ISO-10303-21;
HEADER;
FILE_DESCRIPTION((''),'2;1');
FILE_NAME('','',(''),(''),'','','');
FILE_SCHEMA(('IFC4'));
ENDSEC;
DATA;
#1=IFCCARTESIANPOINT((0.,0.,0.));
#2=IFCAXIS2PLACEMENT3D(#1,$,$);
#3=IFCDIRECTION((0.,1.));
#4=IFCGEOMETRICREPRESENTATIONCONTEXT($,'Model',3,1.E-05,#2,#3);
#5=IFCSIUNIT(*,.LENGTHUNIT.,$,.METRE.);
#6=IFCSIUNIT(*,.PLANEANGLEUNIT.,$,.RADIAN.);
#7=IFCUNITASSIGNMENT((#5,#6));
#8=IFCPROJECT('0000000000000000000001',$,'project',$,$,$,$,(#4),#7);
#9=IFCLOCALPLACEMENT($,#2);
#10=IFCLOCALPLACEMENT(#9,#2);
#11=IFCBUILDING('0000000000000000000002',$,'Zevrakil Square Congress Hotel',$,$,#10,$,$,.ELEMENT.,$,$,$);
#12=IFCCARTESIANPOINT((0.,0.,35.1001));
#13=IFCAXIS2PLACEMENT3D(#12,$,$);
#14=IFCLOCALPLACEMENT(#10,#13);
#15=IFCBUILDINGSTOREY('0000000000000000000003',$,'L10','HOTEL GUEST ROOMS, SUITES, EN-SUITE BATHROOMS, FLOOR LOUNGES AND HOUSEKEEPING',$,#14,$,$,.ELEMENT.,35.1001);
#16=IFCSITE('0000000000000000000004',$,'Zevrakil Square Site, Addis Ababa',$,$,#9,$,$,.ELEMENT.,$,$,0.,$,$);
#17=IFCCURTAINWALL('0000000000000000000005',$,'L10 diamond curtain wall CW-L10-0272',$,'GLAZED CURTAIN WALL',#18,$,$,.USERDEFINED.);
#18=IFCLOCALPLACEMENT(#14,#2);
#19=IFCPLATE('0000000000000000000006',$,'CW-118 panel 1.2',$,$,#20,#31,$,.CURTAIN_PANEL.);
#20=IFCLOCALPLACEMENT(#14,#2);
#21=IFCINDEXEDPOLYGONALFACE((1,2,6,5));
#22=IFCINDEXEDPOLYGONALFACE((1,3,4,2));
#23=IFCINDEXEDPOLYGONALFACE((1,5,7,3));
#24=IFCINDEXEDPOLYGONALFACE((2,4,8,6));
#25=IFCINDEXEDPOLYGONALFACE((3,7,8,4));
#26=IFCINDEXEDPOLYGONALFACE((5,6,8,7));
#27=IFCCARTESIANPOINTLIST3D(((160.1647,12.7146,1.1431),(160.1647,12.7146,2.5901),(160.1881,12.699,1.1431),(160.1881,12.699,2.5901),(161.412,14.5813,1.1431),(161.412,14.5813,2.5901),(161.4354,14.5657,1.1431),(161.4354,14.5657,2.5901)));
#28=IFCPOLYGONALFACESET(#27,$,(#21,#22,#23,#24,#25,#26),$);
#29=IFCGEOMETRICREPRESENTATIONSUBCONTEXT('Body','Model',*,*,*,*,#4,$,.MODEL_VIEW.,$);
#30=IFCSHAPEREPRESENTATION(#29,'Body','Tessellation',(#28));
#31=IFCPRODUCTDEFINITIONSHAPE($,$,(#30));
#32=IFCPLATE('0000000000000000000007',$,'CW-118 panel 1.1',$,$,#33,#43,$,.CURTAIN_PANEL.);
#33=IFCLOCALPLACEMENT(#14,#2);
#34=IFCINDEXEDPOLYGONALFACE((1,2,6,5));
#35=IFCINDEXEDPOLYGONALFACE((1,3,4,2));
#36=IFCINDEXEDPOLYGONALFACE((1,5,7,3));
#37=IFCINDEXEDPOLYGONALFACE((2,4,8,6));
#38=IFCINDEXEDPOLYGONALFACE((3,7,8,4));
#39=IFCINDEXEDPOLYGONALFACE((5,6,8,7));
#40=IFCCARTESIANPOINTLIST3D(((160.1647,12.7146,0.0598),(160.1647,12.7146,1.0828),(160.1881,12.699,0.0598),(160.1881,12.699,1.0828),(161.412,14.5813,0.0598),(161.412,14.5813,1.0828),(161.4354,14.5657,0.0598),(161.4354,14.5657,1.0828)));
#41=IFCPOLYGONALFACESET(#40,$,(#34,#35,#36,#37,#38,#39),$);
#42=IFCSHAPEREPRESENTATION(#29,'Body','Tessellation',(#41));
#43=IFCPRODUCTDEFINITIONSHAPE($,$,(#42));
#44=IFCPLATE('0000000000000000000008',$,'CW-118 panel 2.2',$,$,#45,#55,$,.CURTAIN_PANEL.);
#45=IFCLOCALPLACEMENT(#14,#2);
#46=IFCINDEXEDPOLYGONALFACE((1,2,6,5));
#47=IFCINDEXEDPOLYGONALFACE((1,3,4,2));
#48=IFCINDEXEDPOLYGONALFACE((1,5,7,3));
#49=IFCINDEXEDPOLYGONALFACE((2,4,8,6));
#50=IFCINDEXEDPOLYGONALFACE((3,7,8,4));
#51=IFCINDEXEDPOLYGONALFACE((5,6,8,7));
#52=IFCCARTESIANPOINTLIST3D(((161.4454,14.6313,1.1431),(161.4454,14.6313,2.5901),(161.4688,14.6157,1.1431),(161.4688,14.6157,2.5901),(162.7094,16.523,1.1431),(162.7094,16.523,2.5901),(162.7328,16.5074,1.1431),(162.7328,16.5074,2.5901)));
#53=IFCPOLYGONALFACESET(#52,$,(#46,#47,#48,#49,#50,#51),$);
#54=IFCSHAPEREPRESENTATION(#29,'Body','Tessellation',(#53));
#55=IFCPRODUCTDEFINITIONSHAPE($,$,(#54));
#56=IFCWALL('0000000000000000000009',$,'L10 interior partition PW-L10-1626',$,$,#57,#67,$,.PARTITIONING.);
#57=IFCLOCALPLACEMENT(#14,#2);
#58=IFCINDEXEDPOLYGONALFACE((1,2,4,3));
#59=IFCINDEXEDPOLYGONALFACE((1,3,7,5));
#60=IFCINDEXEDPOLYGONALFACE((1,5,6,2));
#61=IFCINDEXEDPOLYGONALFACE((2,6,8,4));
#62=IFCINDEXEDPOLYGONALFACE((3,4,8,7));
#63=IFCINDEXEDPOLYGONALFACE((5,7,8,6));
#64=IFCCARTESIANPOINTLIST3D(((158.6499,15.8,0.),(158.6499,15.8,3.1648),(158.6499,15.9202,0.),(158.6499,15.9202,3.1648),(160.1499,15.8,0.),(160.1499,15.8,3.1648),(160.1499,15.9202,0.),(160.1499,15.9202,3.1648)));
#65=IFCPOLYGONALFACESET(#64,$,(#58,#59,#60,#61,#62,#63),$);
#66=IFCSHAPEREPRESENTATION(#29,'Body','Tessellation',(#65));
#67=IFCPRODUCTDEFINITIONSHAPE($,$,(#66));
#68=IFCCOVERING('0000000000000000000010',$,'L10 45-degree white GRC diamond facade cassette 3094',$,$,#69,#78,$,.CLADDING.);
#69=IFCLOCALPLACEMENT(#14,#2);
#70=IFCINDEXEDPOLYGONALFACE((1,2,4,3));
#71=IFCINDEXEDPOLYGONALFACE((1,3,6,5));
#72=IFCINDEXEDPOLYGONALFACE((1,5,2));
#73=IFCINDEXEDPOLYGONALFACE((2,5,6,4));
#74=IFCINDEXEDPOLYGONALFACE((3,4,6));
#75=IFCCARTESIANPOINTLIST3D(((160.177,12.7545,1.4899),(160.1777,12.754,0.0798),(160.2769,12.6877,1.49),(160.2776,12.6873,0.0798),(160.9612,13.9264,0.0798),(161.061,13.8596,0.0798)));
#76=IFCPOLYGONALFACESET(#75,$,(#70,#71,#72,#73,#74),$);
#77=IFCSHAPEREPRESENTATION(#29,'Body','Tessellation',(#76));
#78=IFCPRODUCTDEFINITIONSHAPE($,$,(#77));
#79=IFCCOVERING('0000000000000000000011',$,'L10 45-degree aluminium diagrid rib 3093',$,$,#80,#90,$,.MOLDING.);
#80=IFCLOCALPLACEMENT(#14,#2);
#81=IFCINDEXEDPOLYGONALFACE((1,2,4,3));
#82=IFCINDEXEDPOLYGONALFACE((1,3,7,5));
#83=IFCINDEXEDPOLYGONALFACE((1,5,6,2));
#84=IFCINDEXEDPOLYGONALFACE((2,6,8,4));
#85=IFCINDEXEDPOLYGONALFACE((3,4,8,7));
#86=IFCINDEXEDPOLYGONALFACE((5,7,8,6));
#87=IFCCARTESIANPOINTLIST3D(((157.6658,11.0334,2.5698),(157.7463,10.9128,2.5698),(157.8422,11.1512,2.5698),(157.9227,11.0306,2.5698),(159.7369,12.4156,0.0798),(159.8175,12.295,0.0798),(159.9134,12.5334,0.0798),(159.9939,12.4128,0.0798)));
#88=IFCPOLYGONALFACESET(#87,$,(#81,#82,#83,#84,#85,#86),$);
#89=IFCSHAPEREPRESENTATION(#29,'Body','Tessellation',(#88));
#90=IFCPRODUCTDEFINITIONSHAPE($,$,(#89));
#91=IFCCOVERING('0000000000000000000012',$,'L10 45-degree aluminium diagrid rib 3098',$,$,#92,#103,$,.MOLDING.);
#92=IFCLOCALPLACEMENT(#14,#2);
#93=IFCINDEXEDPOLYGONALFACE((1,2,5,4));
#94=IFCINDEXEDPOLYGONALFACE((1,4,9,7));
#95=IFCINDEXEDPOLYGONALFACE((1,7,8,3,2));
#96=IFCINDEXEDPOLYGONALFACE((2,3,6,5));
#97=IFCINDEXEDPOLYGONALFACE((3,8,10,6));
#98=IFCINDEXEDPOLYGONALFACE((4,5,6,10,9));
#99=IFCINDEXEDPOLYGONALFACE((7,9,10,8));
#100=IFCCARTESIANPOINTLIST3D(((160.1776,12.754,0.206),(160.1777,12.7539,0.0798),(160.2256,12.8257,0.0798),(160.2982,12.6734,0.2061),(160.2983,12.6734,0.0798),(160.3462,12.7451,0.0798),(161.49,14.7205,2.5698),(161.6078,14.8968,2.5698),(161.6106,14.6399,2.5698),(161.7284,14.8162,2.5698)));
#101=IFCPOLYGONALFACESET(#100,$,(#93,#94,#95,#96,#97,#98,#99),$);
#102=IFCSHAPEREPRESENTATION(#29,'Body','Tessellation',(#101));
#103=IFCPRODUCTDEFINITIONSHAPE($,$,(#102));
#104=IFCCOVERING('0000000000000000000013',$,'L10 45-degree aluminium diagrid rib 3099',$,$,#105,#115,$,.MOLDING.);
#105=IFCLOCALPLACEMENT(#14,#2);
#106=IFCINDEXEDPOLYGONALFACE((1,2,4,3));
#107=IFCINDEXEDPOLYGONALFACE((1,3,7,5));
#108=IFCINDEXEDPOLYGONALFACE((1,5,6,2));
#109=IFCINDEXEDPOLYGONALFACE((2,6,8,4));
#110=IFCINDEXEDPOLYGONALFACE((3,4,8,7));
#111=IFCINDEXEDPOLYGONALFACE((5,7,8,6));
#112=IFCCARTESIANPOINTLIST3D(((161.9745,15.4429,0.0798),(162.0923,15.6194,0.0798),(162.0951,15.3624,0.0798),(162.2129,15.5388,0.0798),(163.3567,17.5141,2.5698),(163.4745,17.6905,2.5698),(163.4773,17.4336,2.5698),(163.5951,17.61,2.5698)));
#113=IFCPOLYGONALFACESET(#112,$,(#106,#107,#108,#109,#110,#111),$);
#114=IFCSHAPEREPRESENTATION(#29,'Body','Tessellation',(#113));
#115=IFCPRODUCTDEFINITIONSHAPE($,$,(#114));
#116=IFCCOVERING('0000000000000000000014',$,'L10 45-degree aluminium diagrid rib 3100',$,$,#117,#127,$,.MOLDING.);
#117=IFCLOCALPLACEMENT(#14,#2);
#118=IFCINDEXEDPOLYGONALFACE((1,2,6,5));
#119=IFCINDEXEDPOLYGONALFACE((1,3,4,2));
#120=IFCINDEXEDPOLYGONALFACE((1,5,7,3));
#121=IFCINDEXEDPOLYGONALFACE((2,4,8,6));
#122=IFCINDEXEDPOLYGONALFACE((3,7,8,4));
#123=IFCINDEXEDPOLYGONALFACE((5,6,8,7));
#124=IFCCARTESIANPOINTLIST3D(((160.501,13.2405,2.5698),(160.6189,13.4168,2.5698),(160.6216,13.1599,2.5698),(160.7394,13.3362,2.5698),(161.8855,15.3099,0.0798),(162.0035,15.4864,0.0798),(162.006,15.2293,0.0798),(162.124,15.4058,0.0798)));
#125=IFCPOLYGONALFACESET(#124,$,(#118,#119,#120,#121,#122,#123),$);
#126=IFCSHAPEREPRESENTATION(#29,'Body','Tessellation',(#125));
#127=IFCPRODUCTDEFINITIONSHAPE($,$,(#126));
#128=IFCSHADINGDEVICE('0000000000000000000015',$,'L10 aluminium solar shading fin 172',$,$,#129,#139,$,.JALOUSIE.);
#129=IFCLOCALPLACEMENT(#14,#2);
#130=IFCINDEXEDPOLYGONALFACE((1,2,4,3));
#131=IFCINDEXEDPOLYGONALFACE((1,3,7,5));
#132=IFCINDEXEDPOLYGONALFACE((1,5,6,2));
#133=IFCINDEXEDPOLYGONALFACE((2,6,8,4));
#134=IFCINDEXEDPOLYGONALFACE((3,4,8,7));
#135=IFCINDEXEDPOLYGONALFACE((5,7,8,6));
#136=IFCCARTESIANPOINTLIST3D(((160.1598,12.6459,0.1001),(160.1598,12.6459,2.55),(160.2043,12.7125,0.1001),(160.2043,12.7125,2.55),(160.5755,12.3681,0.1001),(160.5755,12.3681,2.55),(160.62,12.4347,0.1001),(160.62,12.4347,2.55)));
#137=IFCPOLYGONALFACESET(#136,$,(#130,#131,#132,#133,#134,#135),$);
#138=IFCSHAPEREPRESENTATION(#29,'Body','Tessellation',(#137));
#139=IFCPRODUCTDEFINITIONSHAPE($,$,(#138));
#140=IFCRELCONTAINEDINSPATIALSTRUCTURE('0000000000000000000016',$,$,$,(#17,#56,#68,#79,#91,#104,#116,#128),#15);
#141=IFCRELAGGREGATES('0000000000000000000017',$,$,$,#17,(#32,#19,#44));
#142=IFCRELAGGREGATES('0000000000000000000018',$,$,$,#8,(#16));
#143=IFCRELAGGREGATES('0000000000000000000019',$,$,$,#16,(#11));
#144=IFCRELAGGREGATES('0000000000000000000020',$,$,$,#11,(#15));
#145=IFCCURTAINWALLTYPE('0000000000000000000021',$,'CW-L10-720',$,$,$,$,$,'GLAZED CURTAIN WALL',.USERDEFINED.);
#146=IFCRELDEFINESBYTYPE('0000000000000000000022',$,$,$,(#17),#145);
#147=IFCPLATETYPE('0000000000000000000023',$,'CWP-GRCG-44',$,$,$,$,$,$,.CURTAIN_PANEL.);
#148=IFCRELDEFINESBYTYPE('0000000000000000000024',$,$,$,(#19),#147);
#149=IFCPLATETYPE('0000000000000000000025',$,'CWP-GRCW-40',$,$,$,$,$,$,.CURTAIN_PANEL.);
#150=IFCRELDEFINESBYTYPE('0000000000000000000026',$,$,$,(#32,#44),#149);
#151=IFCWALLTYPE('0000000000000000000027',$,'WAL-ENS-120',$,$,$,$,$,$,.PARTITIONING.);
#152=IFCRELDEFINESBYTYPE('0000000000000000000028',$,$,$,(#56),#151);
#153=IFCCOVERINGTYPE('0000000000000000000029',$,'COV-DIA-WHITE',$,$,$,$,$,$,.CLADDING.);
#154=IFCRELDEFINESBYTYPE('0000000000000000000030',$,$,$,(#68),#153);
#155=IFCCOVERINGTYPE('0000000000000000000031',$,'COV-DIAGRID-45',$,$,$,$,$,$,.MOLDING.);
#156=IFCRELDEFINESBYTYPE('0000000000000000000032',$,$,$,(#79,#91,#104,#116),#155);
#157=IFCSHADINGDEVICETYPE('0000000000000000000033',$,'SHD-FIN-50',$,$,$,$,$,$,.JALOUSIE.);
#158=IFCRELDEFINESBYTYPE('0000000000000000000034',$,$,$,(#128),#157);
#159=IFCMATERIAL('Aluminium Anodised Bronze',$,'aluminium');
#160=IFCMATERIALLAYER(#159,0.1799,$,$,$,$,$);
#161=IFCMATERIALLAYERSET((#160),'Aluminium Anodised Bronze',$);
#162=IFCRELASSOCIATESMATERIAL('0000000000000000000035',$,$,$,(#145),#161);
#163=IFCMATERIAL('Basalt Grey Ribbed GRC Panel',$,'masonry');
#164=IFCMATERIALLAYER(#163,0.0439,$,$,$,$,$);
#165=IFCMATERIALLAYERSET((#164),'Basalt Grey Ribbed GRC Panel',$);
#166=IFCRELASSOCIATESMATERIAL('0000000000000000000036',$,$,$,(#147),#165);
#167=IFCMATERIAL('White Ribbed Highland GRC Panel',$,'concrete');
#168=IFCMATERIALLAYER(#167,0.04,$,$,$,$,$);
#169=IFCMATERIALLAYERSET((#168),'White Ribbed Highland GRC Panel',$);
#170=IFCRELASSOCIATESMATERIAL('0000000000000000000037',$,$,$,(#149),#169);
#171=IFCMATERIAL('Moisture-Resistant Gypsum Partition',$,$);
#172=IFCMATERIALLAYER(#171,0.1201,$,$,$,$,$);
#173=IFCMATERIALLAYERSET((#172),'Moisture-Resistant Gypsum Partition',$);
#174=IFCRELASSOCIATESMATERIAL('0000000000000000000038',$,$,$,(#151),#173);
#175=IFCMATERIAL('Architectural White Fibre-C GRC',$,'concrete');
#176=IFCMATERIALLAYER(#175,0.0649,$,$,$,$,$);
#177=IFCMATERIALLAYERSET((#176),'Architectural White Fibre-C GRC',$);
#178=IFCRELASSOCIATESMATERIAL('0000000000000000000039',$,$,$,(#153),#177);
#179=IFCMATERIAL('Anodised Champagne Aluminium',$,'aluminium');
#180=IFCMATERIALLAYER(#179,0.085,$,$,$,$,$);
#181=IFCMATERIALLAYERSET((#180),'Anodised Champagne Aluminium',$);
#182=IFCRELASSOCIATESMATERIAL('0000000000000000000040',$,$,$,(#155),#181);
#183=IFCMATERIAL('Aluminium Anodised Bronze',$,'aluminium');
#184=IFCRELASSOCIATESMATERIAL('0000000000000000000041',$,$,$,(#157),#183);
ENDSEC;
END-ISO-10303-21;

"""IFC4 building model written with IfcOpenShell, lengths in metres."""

from ifc_helpers import new_model, si_unit, direction, frame, frame_2d, origin, origin_2d, place, context, subcontext, project, spatial, polyline, rectangle, outline, extrude, material, layer, layer_set, type_object, element, aggregate, save


model = new_model("IFC4")

# Units and contexts
model_context = context("Model", 3, precision=1e-05, world=origin(), true_north=direction((0.0, 1.0)))
body_context = subcontext(model_context, "Body", "Model", "MODEL_VIEW")
ifc_project = project(units=[si_unit("LENGTHUNIT", "METRE"), si_unit("PLANEANGLEUNIT", "RADIAN")], contexts=[model_context])

# Site, building, storey
site_placement = place(None, origin())
site = spatial("IfcSite", under=ifc_project, at=site_placement, Name="Zevrakil Square Site, Addis Ababa", CompositionType="ELEMENT", RefElevation=0.0)
building_placement = place(site_placement, origin())
building = spatial("IfcBuilding", under=site, at=building_placement, Name="Zevrakil Square Congress Hotel", CompositionType="ELEMENT")
storey_placement = place(building_placement, frame((0.0, 0.0, 35.1001)))
storey = spatial("IfcBuildingStorey", under=building, at=storey_placement, Name="L10", Description="HOTEL GUEST ROOMS, SUITES, EN-SUITE BATHROOMS, FLOOR LOUNGES AND HOUSEKEEPING", CompositionType="ELEMENT", Elevation=35.1001)

# Curtain wall
ifc_material_1 = material(Name="Aluminium Anodised Bronze", Category="aluminium")
ifc_layer_1 = layer(ifc_material_1, 0.1799)
ifc_layer_set_1 = layer_set([ifc_layer_1], Name="Aluminium Anodised Bronze")
curtain_wall_type = type_object("IfcCurtainWallType", Name="CW-L10-720", ElementType="GLAZED CURTAIN WALL", PredefinedType="USERDEFINED", material=ifc_layer_set_1)
curtain_wall_1_placement = place(storey_placement, origin())
curtain_wall_1 = element("IfcCurtainWall", 1, at=curtain_wall_1_placement, inside=storey, type_object=curtain_wall_type, Name="L10 diamond curtain wall CW-L10-0272", ObjectType="GLAZED CURTAIN WALL", PredefinedType="USERDEFINED")

# Plates
ifc_material_2 = material(Name="Basalt Grey Ribbed GRC Panel", Category="masonry")
ifc_layer_2 = layer(ifc_material_2, 0.0439)
ifc_layer_set_2 = layer_set([ifc_layer_2], Name="Basalt Grey Ribbed GRC Panel")
plate_type_1 = type_object("IfcPlateType", Name="CWP-GRCG-44", PredefinedType="CURTAIN_PANEL", material=ifc_layer_set_2)
plate_1_placement = place(storey_placement, frame((160.8, 13.6401, 1.1431), z_axis=(0.0, 0.0, 1.0), x_axis=(0.555576, 0.831466, 0.0)))
plate_1 = element("IfcPlate", 2, at=plate_1_placement, type_object=plate_type_1, Name="CW-118 panel 1.2", PredefinedType="CURTAIN_PANEL", context=body_context, shape_type="SweptSolid", body=[
    extrude(rectangle(XDim=2.2451, YDim=0.0281, at=origin_2d()), origin(), (0.0, 0.0, 1.0), 1.447),
])
ifc_material_3 = material(Name="White Ribbed Highland GRC Panel", Category="concrete")
ifc_layer_3 = layer(ifc_material_3, 0.04)
ifc_layer_set_3 = layer_set([ifc_layer_3], Name="White Ribbed Highland GRC Panel")
plate_type_2 = type_object("IfcPlateType", Name="CWP-GRCW-40", PredefinedType="CURTAIN_PANEL", material=ifc_layer_set_3)
plate_2_placement = place(storey_placement, frame((160.8, 13.6401, 0.0598), z_axis=(0.0, 0.0, 1.0), x_axis=(0.555576, 0.831466, 0.0)))
plate_2 = element("IfcPlate", 3, at=plate_2_placement, type_object=plate_type_2, Name="CW-118 panel 1.1", PredefinedType="CURTAIN_PANEL", context=body_context, shape_type="SweptSolid", body=[
    extrude(rectangle(XDim=2.2451, YDim=0.0281, at=origin_2d()), origin(), (0.0, 0.0, 1.0), 1.0229),
])
plate_3_placement = place(storey_placement, frame((162.0891, 15.5693, 1.1431), z_axis=(0.0, 0.0, 1.0), x_axis=(0.555576, 0.831466, 0.0)))
plate_3 = element("IfcPlate", 4, at=plate_3_placement, type_object=plate_type_2, Name="CW-118 panel 2.2", PredefinedType="CURTAIN_PANEL", context=body_context, shape_type="SweptSolid", body=[
    extrude(rectangle(XDim=2.2751, YDim=0.0281, at=origin_2d()), origin(), (0.0, 0.0, 1.0), 1.447),
])
aggregate(curtain_wall_1, [plate_2, plate_1, plate_3])

# Wall
ifc_material_4 = material(Name="Moisture-Resistant Gypsum Partition")
ifc_layer_4 = layer(ifc_material_4, 0.1201)
ifc_layer_set_4 = layer_set([ifc_layer_4], Name="Moisture-Resistant Gypsum Partition")
wall_type = type_object("IfcWallType", Name="WAL-ENS-120", PredefinedType="PARTITIONING", material=ifc_layer_set_4)
wall_placement = place(storey_placement, frame((158.6499, 15.8601, 0.0), z_axis=(0.0, 0.0, 1.0), x_axis=(1.0, 0.0, 0.0)))
element("IfcWall", 5, at=wall_placement, inside=storey, type_object=wall_type, Name="L10 interior partition PW-L10-1626", PredefinedType="PARTITIONING", context=body_context, shape_type="SweptSolid", body=[
    extrude(rectangle(XDim=1.5, YDim=0.1201, at=frame_2d((0.75, 0.0))), origin(), (0.0, 0.0, 1.0), 3.1648),
])

# Coverings
ifc_material_5 = material(Name="Architectural White Fibre-C GRC", Category="concrete")
ifc_layer_5 = layer(ifc_material_5, 0.0649)
ifc_layer_set_5 = layer_set([ifc_layer_5], Name="Architectural White Fibre-C GRC")
covering_type_1 = type_object("IfcCoveringType", Name="COV-DIA-WHITE", PredefinedType="CLADDING", material=ifc_layer_set_5)
covering_1_placement = place(storey_placement, frame((161.061, 13.8596, 0.0798), z_axis=(0.831437, -0.555619, 0.000624), x_axis=(-0.555619, -0.831437, 0.0)))
element("IfcCovering", 6, at=covering_1_placement, inside=storey, type_object=covering_type_1, Name="L10 45-degree white GRC diamond facade cassette 3094", PredefinedType="CLADDING", context=body_context, shape_type="SweptSolid", body=[
    extrude(outline(polyline([(0.0, 0.0), (1.41, 0.0), (1.41, -1.4102), (0.0, 0.0)])), origin(), (0.0, 0.0, -1.0), 0.1201),
])
ifc_material_6 = material(Name="Anodised Champagne Aluminium", Category="aluminium")
ifc_layer_6 = layer(ifc_material_6, 0.085)
ifc_layer_set_6 = layer_set([ifc_layer_6], Name="Anodised Champagne Aluminium")
covering_type_2 = type_object("IfcCoveringType", Name="COV-DIAGRID-45", PredefinedType="MOLDING", material=ifc_layer_set_6)
covering_2_placement = place(storey_placement, frame((157.7463, 10.9128, 2.5698), z_axis=(0.555364, -0.831607, 0.000322), x_axis=(0.831607, 0.555364, 0.0)))
element("IfcCovering", 7, at=covering_2_placement, inside=storey, type_object=covering_type_2, Name="L10 45-degree aluminium diagrid rib 3093", PredefinedType="MOLDING", context=body_context, shape_type="SweptSolid", body=[
    extrude(outline(polyline([(0.0, 0.0), (0.2121, 0.0), (2.7021, -2.49), (2.49, -2.49), (0.0, 0.0)])), origin(), (0.0, 0.0, -1.0), 0.145),
])
covering_3_placement = place(storey_placement, frame((160.3462, 12.7451, 0.0798), z_axis=(0.831532, -0.555476, 0.00045), x_axis=(-0.555476, -0.831533, 0.0)))
element("IfcCovering", 8, at=covering_3_placement, inside=storey, type_object=covering_type_2, Name="L10 45-degree aluminium diagrid rib 3098", PredefinedType="MOLDING", context=body_context, shape_type="SweptSolid", body=[
    extrude(outline(polyline([(0.0, 0.0), (0.0863, 0.0), (0.0863, -0.1262), (-2.2779, -2.49), (-2.49, -2.49), (0.0, 0.0)])), origin(), (0.0, 0.0, -1.0), 0.145),
])
covering_4_placement = place(storey_placement, frame((162.2129, 15.5388, 0.0798), z_axis=(0.831607, -0.555364, 0.000322), x_axis=(-0.555364, -0.831607, 0.0)))
element("IfcCovering", 9, at=covering_4_placement, inside=storey, type_object=covering_type_2, Name="L10 45-degree aluminium diagrid rib 3099", PredefinedType="MOLDING", context=body_context, shape_type="SweptSolid", body=[
    extrude(outline(polyline([(0.0, 0.0), (0.2121, 0.0), (-2.2779, -2.49), (-2.49, -2.49), (0.0, 0.0)])), origin(), (0.0, 0.0, -1.0), 0.145),
])
covering_5_placement = place(storey_placement, frame((160.6216, 13.1599, 2.5698), z_axis=(0.831341, -0.555762, 0.000355), x_axis=(0.555762, 0.831342, 0.0)))
element("IfcCovering", 10, at=covering_5_placement, inside=storey, type_object=covering_type_2, Name="L10 45-degree aluminium diagrid rib 3100", PredefinedType="MOLDING", context=body_context, shape_type="SweptSolid", body=[
    extrude(outline(polyline([(0.0, 0.0), (0.2121, 0.0), (2.7021, -2.49), (2.4898, -2.49), (0.0, 0.0)])), origin(), (0.0, 0.0, -1.0), 0.145),
])

# Shading device
ifc_material_7 = material(Name="Aluminium Anodised Bronze", Category="aluminium")
shading_device_type = type_object("IfcShadingDeviceType", Name="SHD-FIN-50", PredefinedType="JALOUSIE", material=ifc_material_7)
shading_device_placement = place(storey_placement, frame((160.3899, 12.5403, 0.1001), z_axis=(0.0, 0.0, 1.0), x_axis=(0.83147, -0.55557, 0.0)))
element("IfcShadingDevice", 11, at=shading_device_placement, inside=storey, type_object=shading_device_type, Name="L10 aluminium solar shading fin 172", PredefinedType="JALOUSIE", context=body_context, shape_type="SweptSolid", body=[
    extrude(rectangle(XDim=0.5, YDim=0.0801, at=origin_2d()), origin(), (0.0, 0.0, 1.0), 2.45),
])

save(model, "model.ifc")
